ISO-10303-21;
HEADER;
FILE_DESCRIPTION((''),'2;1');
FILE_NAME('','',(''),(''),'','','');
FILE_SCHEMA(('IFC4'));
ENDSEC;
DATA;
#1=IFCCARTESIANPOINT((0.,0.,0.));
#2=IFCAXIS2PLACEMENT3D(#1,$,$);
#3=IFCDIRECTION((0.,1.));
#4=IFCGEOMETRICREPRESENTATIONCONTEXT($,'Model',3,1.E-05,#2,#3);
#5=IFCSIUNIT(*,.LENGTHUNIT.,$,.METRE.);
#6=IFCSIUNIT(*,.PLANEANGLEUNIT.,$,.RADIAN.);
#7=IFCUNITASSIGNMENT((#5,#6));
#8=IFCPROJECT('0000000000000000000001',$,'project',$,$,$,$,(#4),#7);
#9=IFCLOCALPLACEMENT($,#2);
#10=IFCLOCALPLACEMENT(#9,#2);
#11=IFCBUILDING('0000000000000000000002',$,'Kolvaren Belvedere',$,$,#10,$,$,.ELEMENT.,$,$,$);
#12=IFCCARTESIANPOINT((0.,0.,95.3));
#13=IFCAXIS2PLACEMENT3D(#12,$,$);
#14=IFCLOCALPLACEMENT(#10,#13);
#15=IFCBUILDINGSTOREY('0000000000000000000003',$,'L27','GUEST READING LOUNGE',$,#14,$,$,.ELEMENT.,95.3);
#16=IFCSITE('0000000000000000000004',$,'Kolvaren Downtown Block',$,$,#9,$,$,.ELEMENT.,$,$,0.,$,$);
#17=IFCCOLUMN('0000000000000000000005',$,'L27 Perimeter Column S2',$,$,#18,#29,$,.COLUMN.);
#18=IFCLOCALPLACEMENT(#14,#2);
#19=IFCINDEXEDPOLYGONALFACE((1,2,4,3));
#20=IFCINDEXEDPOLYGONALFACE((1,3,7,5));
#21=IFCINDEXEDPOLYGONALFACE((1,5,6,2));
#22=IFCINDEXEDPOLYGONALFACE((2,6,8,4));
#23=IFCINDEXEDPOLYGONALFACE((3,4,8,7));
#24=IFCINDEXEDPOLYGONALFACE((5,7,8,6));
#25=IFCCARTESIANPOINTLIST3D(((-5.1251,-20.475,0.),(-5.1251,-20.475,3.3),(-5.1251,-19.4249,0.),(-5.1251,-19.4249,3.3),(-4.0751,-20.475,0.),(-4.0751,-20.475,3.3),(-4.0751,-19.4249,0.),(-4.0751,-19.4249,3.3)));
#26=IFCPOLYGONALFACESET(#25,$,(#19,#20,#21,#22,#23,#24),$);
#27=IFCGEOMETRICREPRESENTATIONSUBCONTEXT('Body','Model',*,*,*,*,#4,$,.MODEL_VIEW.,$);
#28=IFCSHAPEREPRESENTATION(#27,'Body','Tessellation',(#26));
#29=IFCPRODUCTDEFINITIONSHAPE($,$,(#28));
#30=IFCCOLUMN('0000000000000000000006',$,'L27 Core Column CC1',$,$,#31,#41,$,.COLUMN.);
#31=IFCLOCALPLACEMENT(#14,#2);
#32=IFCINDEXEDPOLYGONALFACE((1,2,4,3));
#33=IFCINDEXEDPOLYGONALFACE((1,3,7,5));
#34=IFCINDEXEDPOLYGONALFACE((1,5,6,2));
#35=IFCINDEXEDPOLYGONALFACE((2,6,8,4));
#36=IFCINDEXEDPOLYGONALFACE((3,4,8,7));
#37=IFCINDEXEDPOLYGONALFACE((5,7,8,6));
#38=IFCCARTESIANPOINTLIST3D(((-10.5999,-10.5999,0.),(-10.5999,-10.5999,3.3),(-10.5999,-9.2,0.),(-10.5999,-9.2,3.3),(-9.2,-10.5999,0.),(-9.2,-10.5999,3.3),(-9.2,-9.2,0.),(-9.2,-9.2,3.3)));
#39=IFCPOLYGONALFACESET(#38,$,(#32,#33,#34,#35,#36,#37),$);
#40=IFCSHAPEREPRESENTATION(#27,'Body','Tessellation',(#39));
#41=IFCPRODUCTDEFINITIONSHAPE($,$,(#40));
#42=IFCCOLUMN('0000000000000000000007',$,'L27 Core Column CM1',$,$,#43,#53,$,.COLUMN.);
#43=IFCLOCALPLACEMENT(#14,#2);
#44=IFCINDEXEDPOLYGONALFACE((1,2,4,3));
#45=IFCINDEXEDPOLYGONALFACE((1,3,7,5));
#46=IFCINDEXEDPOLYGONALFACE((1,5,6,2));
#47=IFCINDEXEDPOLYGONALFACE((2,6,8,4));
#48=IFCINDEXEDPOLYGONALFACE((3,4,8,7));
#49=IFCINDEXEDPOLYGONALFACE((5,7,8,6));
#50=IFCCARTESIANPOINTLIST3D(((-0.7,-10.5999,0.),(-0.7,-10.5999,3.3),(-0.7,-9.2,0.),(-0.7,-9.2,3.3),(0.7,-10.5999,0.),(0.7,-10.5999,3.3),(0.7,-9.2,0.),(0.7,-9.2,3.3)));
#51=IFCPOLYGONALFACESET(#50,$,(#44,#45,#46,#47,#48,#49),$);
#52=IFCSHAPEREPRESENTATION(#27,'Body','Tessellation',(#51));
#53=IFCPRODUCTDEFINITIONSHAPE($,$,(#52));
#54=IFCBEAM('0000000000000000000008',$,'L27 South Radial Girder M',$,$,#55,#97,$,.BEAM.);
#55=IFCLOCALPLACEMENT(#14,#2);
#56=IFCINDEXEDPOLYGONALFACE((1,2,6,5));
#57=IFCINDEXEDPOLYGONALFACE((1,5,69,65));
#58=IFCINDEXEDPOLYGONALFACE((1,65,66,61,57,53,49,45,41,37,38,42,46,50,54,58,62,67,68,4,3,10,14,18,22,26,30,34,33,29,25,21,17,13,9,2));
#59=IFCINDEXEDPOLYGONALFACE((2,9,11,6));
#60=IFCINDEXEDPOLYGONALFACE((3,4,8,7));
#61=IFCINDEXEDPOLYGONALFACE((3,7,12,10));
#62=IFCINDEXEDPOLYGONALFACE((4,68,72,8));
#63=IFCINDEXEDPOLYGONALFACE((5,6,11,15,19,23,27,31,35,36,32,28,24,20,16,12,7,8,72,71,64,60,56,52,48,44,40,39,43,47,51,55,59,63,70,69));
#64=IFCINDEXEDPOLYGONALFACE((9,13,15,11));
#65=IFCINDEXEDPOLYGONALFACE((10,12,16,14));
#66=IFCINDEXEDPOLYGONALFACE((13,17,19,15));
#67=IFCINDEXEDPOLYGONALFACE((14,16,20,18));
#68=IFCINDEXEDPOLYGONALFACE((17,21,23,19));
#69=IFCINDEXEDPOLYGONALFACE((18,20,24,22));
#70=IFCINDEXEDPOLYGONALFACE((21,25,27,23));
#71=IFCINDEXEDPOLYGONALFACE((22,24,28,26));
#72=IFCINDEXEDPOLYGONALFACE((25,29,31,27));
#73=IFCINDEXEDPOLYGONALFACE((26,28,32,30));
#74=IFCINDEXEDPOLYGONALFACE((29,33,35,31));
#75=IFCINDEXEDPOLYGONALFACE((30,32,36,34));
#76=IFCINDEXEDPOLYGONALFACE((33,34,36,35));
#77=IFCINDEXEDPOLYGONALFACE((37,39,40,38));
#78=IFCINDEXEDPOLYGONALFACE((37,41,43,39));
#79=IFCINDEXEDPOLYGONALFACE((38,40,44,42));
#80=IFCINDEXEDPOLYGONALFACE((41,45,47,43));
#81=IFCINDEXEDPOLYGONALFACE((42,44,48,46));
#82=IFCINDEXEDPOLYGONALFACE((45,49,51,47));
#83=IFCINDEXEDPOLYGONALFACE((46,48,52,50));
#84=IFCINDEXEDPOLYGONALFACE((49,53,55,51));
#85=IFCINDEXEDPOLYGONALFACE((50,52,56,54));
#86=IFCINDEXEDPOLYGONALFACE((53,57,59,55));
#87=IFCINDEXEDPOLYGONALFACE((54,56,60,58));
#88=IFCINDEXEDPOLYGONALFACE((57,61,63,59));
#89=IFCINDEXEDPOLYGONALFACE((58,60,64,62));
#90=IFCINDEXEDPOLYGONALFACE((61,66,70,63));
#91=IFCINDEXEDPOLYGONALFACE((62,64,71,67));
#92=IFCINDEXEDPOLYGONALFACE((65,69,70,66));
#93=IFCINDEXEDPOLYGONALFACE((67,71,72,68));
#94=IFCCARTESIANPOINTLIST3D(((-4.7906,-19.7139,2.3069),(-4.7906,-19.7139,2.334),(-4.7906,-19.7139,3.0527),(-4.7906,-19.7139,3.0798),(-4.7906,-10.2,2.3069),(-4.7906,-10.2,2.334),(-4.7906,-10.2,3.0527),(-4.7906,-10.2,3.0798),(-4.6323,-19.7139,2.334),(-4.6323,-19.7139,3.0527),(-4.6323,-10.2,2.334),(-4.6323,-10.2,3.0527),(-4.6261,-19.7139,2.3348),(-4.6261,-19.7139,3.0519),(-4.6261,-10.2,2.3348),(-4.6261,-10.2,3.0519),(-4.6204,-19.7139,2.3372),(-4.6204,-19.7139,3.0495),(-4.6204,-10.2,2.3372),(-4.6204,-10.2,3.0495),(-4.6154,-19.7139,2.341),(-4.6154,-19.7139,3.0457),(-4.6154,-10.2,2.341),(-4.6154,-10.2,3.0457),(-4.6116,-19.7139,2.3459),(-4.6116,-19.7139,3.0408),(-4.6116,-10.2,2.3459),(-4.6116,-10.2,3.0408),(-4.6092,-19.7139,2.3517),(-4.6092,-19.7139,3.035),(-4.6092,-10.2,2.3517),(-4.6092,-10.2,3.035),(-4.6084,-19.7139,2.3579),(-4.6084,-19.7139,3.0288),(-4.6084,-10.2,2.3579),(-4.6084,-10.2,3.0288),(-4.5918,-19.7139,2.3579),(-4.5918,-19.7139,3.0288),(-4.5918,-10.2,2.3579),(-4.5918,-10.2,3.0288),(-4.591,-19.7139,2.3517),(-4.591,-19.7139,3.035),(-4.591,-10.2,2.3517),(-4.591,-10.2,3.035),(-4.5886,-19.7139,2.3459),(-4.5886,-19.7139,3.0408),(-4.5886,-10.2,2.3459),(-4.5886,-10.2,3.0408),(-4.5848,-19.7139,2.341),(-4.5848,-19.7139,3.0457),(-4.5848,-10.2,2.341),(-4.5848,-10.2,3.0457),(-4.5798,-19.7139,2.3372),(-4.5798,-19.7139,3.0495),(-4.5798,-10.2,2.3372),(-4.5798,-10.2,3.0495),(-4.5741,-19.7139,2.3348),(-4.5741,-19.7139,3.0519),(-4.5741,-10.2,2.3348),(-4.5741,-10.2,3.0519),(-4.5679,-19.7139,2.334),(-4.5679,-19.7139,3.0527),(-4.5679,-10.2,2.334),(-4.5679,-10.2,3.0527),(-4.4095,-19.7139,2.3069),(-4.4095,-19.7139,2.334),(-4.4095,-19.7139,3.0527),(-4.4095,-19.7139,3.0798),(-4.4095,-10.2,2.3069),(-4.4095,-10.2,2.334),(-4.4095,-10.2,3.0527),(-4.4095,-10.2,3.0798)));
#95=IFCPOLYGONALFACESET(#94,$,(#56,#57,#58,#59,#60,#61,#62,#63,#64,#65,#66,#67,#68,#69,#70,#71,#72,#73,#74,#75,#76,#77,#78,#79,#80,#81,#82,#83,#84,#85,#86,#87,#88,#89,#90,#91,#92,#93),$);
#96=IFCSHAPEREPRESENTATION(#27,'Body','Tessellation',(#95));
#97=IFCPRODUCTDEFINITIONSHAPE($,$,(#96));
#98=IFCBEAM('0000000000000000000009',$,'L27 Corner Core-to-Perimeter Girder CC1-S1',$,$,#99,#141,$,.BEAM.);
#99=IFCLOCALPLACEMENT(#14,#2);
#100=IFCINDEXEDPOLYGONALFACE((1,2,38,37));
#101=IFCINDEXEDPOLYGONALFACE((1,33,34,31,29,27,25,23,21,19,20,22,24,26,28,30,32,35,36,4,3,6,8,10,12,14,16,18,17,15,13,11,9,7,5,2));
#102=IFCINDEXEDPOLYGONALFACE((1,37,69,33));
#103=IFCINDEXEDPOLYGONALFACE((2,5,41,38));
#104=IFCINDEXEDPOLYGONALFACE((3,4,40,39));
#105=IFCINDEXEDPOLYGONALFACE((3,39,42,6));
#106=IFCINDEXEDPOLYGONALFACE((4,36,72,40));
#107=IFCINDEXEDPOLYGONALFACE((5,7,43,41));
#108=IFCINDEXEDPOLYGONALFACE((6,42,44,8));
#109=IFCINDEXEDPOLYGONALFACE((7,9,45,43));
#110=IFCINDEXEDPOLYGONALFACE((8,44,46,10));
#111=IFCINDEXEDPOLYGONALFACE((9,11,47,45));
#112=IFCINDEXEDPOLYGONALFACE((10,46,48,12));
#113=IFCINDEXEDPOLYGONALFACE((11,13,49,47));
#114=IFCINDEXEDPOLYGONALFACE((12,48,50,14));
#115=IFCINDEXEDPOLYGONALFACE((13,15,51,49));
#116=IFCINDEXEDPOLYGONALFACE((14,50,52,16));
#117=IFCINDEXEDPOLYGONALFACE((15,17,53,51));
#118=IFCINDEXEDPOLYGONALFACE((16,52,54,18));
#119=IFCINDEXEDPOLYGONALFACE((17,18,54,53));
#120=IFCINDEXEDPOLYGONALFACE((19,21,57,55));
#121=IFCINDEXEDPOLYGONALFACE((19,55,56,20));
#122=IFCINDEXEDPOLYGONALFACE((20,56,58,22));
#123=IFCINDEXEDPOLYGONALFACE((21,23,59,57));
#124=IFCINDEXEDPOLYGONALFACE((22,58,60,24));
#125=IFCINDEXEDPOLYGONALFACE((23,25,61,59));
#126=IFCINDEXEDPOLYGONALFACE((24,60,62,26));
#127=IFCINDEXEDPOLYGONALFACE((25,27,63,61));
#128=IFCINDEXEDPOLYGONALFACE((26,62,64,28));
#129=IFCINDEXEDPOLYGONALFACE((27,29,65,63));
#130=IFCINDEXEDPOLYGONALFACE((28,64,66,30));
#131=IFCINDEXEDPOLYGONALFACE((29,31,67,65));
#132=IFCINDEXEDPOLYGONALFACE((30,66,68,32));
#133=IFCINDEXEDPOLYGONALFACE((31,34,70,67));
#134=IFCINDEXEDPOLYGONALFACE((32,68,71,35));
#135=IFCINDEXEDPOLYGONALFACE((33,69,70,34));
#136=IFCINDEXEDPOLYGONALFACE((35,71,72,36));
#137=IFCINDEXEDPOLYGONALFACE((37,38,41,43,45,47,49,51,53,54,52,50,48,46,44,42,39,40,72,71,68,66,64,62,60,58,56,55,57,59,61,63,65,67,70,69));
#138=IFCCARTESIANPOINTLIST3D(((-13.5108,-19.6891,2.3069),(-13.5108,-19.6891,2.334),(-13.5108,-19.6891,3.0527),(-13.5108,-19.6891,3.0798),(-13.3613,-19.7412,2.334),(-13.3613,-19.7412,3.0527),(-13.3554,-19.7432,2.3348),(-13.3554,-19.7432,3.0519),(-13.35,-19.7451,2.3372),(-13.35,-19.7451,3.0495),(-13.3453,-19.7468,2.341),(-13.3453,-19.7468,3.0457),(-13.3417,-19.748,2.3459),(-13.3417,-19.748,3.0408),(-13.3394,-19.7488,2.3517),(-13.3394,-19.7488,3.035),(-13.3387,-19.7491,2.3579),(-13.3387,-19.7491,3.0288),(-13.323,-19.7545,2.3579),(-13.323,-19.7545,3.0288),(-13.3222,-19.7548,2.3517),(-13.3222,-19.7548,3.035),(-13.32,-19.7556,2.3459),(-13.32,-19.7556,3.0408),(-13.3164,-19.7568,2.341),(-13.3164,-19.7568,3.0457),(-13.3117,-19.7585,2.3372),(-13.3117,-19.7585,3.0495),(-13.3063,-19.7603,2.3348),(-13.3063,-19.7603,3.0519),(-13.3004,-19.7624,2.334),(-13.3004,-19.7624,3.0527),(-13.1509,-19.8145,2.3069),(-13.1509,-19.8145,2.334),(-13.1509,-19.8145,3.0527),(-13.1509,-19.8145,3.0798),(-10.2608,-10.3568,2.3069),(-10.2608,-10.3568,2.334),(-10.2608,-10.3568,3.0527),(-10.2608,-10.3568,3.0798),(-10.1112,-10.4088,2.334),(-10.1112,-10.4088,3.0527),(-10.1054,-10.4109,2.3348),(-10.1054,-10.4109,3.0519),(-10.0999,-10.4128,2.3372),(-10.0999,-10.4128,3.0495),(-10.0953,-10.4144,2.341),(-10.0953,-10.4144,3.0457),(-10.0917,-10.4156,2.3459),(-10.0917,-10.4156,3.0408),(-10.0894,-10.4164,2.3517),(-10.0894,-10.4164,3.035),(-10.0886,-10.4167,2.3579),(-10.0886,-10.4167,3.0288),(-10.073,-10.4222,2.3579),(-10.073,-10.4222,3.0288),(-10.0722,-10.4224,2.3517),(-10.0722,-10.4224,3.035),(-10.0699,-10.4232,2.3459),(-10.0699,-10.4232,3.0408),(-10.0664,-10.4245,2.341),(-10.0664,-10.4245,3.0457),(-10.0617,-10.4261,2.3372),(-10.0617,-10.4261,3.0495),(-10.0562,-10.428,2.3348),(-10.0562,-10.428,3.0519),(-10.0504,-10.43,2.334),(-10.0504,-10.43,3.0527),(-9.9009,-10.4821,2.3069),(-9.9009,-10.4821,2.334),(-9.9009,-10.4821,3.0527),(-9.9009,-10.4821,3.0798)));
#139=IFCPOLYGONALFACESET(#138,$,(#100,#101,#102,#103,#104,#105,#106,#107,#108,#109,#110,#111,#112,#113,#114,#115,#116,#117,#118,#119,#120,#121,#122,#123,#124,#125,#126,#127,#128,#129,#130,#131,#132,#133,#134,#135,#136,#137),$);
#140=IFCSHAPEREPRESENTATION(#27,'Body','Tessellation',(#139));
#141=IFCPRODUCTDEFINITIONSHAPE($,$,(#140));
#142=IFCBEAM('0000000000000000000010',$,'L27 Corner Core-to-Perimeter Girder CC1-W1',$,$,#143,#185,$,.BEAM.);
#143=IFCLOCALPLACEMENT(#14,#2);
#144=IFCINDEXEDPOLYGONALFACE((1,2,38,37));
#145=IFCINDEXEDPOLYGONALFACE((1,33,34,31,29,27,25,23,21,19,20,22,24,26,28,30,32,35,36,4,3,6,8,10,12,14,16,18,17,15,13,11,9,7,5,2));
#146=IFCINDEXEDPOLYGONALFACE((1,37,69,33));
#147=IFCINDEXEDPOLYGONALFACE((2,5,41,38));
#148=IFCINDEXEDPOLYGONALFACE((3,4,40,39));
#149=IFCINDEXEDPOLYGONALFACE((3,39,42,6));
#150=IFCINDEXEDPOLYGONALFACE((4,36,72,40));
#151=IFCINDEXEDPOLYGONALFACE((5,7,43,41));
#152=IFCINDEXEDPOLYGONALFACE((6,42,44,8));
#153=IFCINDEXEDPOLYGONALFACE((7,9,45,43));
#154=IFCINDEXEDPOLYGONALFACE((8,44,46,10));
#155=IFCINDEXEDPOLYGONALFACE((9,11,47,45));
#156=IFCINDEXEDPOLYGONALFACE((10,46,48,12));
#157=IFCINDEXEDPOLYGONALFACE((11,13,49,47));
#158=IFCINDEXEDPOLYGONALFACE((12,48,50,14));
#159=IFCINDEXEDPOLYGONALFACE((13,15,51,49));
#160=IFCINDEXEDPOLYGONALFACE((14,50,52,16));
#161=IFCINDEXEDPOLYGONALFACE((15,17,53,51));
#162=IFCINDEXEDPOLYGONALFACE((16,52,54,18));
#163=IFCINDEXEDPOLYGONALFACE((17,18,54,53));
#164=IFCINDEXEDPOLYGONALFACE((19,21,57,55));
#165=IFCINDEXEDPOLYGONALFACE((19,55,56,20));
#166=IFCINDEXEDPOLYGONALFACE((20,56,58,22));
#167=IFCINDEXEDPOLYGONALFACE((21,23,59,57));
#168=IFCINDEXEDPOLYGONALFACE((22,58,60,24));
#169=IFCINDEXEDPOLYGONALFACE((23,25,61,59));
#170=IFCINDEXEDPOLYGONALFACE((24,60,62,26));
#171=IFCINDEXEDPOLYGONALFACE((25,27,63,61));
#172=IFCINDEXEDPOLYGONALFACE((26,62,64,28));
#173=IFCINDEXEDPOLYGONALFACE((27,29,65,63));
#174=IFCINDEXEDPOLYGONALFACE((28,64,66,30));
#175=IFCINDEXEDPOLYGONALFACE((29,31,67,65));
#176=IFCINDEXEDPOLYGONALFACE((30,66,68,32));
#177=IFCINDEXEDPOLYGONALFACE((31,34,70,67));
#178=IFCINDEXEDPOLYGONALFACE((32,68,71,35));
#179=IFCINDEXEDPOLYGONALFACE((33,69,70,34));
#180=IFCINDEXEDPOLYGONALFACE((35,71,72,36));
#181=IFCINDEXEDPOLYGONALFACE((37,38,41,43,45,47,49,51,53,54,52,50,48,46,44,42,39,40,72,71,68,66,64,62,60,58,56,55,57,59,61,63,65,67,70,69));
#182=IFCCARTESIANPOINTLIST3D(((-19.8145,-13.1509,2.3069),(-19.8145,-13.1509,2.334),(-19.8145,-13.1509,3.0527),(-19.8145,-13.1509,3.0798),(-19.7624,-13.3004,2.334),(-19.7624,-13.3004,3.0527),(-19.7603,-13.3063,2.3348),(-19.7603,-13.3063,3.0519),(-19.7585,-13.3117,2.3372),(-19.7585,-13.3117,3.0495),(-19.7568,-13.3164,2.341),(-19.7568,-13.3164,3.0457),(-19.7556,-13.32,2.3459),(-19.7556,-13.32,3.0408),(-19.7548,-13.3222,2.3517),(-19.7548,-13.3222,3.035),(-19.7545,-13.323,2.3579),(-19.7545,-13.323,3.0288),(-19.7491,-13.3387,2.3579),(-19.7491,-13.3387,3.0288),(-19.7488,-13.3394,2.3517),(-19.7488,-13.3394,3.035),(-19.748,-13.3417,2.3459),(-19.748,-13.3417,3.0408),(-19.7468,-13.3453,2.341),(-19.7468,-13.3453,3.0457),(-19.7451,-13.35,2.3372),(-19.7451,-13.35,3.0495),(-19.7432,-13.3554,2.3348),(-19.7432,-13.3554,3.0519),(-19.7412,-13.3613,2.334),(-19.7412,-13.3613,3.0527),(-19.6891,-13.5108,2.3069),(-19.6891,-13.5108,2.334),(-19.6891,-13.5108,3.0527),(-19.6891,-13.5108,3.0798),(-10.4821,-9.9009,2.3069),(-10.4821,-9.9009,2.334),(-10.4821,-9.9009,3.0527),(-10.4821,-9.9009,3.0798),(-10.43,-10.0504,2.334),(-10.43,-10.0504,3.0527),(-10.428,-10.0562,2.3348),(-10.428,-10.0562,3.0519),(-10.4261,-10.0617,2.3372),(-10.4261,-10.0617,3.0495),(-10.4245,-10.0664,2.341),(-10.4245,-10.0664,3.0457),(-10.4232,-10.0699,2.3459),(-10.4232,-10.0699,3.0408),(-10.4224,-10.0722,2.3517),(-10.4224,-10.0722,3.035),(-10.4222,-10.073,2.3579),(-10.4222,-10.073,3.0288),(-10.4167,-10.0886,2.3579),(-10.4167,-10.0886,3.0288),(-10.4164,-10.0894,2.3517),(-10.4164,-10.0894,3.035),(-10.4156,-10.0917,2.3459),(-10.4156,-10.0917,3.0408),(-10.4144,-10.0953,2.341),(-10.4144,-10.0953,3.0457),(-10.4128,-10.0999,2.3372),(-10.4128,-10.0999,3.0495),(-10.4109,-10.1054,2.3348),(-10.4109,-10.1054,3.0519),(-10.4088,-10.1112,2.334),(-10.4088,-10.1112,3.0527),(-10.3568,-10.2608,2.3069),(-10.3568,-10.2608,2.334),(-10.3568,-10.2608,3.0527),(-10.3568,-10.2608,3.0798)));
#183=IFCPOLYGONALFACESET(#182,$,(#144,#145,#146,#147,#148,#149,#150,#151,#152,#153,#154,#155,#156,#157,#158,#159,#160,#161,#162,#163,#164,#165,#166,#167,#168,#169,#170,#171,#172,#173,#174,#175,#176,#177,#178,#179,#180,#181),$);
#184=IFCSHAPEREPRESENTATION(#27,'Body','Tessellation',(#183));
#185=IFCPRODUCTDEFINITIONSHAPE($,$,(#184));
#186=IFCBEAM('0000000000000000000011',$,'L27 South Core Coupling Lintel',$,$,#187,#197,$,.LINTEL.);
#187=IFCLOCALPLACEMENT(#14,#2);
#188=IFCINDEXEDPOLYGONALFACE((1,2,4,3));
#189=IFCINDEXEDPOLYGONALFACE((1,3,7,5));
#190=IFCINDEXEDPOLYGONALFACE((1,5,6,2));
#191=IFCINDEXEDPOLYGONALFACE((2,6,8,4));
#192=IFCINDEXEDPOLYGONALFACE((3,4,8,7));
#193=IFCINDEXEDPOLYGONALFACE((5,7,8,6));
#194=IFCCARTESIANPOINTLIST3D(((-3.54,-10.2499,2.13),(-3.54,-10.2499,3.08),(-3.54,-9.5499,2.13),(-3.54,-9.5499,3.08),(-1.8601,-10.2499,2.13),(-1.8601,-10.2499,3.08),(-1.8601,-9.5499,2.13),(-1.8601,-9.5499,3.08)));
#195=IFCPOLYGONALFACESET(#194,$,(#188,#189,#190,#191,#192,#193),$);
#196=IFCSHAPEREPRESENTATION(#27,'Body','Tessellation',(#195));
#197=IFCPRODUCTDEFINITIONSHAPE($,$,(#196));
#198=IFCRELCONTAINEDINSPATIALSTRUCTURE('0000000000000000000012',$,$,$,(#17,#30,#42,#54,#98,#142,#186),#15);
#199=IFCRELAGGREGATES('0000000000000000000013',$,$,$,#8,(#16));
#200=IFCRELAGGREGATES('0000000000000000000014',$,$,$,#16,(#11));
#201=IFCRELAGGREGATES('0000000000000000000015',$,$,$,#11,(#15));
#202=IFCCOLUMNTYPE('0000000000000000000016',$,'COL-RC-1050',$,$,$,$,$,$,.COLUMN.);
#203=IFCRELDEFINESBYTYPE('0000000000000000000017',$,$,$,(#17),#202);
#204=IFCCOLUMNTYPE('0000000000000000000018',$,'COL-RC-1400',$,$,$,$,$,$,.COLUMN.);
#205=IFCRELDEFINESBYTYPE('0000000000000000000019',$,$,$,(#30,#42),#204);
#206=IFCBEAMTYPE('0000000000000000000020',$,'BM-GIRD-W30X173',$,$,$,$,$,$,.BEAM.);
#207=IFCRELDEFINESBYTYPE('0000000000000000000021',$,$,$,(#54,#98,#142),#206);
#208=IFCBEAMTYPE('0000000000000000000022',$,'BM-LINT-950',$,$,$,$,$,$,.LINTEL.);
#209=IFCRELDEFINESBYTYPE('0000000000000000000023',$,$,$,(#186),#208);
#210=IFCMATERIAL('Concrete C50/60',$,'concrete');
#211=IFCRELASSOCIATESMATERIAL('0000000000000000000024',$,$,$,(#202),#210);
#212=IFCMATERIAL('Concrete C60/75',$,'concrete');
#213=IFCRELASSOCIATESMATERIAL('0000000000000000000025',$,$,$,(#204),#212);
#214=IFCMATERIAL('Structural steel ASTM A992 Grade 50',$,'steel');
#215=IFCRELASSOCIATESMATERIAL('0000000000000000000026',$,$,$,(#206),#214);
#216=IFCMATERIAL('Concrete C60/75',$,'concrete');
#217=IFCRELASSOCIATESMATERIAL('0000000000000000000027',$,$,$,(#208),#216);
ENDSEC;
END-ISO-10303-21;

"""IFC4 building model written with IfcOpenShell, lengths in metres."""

from ifc_helpers import new_model, si_unit, direction, frame, origin, origin_2d, place, context, subcontext, project, spatial, rectangle, i_section, extrude, material, material_profile, profile_set, type_object, element, save


model = new_model("IFC4")

# Units and contexts
model_context = context("Model", 3, precision=1e-05, world=origin(), true_north=direction((0.0, 1.0)))
body_context = subcontext(model_context, "Body", "Model", "MODEL_VIEW")
ifc_project = project(units=[si_unit("LENGTHUNIT", "METRE"), si_unit("PLANEANGLEUNIT", "RADIAN")], contexts=[model_context])

# Site, building, storey
site_placement = place(None, origin())
site = spatial("IfcSite", under=ifc_project, at=site_placement, Name="Kolvaren Downtown Block", CompositionType="ELEMENT", RefElevation=0.0)
building_placement = place(site_placement, origin())
building = spatial("IfcBuilding", under=site, at=building_placement, Name="Kolvaren Belvedere", CompositionType="ELEMENT")
storey_placement = place(building_placement, frame((0.0, 0.0, 95.3)))
storey = spatial("IfcBuildingStorey", under=building, at=storey_placement, Name="L27", Description="GUEST READING LOUNGE", CompositionType="ELEMENT", Elevation=95.3)

# Columns
ifc_material_1 = material(Name="Concrete C50/60", Category="concrete")
ifc_material_profile_1 = material_profile(ifc_material_1, rectangle(XDim=1.05, YDim=1.05, at=origin_2d()), Name="RC 1050X1050")
ifc_profile_set_1 = profile_set([ifc_material_profile_1], Name="Concrete C50/60")
column_type_1 = type_object("IfcColumnType", Name="COL-RC-1050", PredefinedType="COLUMN", material=ifc_profile_set_1)
column_placement = place(storey_placement, frame((-4.6001, -19.95, 0.0), z_axis=(0.0, 0.0, 1.0), x_axis=(1.0, 0.0, 0.0)))
element("IfcColumn", 1, at=column_placement, inside=storey, type_object=column_type_1, Name="L27 Perimeter Column S2", PredefinedType="COLUMN", context=body_context, shape_type="SweptSolid", body=[
    extrude(rectangle(XDim=1.05, YDim=1.05, at=origin_2d()), origin(), (0.0, 0.0, 1.0), 3.3),
])
ifc_material_2 = material(Name="Concrete C60/75", Category="concrete")
ifc_material_profile_2 = material_profile(ifc_material_2, rectangle(XDim=1.3999, YDim=1.3999, at=origin_2d()), Name="RC 1400X1400")
ifc_profile_set_2 = profile_set([ifc_material_profile_2], Name="Concrete C60/75")
column_type_2 = type_object("IfcColumnType", Name="COL-RC-1400", PredefinedType="COLUMN", material=ifc_profile_set_2)
for number, where, z_axis, x_axis, name in (
    (2, (-9.8999, -9.8999, 0.0), (0.0, 0.0, 1.0), (1.0, 0.0, 0.0), "L27 Core Column CC1"),
    (3, (0.0, -9.8999, 0.0), (0.0, 0.0, 1.0), (1.0, 0.0, 0.0), "L27 Core Column CM1"),
):
    element("IfcColumn", number, at=place(storey_placement, frame(where, z_axis=z_axis, x_axis=x_axis)), inside=storey, type_object=column_type_2, Name=name, PredefinedType="COLUMN", context=body_context, shape_type="SweptSolid", body=[
        extrude(rectangle(XDim=1.3999, YDim=1.3999, at=origin_2d()), origin(), (0.0, 0.0, 1.0), 3.3),
    ])

# Beams
ifc_material_3 = material(Name="Structural steel ASTM A992 Grade 50", Category="steel")
ifc_material_profile_3 = material_profile(ifc_material_3, i_section(OverallWidth=0.3811, OverallDepth=0.7729, WebThickness=0.0166, FlangeThickness=0.0271, FilletRadius=0.0239, at=origin_2d()), Name="W30X173")
ifc_profile_set_3 = profile_set([ifc_material_profile_3], Name="Structural steel ASTM A992 Grade 50")
beam_type_1 = type_object("IfcBeamType", Name="BM-GIRD-W30X173", PredefinedType="BEAM", material=ifc_profile_set_3)
beam_1_placement = place(storey_placement, frame((-4.6001, -10.2, 2.6934), z_axis=(0.0, -1.0, 0.0), x_axis=(1.0, 0.0, 0.0)))
element("IfcBeam", 4, at=beam_1_placement, inside=storey, type_object=beam_type_1, Name="L27 South Radial Girder M", PredefinedType="BEAM", context=body_context, shape_type="SweptSolid", body=[
    extrude(i_section(OverallWidth=0.3811, OverallDepth=0.7729, WebThickness=0.0166, FlangeThickness=0.0271, FilletRadius=0.0239, at=origin_2d()), origin(), (0.0, 0.0, 1.0), 9.5139),
])
for number, where, z_axis, x_axis, name in (
    (5, (-10.0808, -10.4194, 2.6934), (-0.328881, -0.944371, 0.0), (0.944371, -0.328881, 0.0), "L27 Corner Core-to-Perimeter Girder CC1-S1"),
    (6, (-10.4194, -10.0808, 2.6934), (-0.944371, -0.328881, 0.0), (0.328881, -0.944371, 0.0), "L27 Corner Core-to-Perimeter Girder CC1-W1"),
):
    element("IfcBeam", number, at=place(storey_placement, frame(where, z_axis=z_axis, x_axis=x_axis)), inside=storey, type_object=beam_type_1, Name=name, PredefinedType="BEAM", context=body_context, shape_type="SweptSolid", body=[
        extrude(i_section(OverallWidth=0.3811, OverallDepth=0.7729, WebThickness=0.0166, FlangeThickness=0.0271, FilletRadius=0.0239, at=origin_2d()), origin(), (0.0, 0.0, 1.0), 9.8821),
    ])
ifc_material_4 = material(Name="Concrete C60/75", Category="concrete")
ifc_material_profile_4 = material_profile(ifc_material_4, rectangle(XDim=0.7, YDim=0.95, at=origin_2d()), Name="RC 700X950")
ifc_profile_set_4 = profile_set([ifc_material_profile_4], Name="Concrete C60/75")
beam_type_2 = type_object("IfcBeamType", Name="BM-LINT-950", PredefinedType="LINTEL", material=ifc_profile_set_4)
beam_2_placement = place(storey_placement, frame((-3.54, -9.8999, 2.605), z_axis=(1.0, 0.0, 0.0), x_axis=(0.0, 1.0, 0.0)))
element("IfcBeam", 7, at=beam_2_placement, inside=storey, type_object=beam_type_2, Name="L27 South Core Coupling Lintel", PredefinedType="LINTEL", context=body_context, shape_type="SweptSolid", body=[
    extrude(rectangle(XDim=0.7, YDim=0.95, at=origin_2d()), origin(), (0.0, 0.0, 1.0), 1.6799),
])

save(model, "model.ifc")
